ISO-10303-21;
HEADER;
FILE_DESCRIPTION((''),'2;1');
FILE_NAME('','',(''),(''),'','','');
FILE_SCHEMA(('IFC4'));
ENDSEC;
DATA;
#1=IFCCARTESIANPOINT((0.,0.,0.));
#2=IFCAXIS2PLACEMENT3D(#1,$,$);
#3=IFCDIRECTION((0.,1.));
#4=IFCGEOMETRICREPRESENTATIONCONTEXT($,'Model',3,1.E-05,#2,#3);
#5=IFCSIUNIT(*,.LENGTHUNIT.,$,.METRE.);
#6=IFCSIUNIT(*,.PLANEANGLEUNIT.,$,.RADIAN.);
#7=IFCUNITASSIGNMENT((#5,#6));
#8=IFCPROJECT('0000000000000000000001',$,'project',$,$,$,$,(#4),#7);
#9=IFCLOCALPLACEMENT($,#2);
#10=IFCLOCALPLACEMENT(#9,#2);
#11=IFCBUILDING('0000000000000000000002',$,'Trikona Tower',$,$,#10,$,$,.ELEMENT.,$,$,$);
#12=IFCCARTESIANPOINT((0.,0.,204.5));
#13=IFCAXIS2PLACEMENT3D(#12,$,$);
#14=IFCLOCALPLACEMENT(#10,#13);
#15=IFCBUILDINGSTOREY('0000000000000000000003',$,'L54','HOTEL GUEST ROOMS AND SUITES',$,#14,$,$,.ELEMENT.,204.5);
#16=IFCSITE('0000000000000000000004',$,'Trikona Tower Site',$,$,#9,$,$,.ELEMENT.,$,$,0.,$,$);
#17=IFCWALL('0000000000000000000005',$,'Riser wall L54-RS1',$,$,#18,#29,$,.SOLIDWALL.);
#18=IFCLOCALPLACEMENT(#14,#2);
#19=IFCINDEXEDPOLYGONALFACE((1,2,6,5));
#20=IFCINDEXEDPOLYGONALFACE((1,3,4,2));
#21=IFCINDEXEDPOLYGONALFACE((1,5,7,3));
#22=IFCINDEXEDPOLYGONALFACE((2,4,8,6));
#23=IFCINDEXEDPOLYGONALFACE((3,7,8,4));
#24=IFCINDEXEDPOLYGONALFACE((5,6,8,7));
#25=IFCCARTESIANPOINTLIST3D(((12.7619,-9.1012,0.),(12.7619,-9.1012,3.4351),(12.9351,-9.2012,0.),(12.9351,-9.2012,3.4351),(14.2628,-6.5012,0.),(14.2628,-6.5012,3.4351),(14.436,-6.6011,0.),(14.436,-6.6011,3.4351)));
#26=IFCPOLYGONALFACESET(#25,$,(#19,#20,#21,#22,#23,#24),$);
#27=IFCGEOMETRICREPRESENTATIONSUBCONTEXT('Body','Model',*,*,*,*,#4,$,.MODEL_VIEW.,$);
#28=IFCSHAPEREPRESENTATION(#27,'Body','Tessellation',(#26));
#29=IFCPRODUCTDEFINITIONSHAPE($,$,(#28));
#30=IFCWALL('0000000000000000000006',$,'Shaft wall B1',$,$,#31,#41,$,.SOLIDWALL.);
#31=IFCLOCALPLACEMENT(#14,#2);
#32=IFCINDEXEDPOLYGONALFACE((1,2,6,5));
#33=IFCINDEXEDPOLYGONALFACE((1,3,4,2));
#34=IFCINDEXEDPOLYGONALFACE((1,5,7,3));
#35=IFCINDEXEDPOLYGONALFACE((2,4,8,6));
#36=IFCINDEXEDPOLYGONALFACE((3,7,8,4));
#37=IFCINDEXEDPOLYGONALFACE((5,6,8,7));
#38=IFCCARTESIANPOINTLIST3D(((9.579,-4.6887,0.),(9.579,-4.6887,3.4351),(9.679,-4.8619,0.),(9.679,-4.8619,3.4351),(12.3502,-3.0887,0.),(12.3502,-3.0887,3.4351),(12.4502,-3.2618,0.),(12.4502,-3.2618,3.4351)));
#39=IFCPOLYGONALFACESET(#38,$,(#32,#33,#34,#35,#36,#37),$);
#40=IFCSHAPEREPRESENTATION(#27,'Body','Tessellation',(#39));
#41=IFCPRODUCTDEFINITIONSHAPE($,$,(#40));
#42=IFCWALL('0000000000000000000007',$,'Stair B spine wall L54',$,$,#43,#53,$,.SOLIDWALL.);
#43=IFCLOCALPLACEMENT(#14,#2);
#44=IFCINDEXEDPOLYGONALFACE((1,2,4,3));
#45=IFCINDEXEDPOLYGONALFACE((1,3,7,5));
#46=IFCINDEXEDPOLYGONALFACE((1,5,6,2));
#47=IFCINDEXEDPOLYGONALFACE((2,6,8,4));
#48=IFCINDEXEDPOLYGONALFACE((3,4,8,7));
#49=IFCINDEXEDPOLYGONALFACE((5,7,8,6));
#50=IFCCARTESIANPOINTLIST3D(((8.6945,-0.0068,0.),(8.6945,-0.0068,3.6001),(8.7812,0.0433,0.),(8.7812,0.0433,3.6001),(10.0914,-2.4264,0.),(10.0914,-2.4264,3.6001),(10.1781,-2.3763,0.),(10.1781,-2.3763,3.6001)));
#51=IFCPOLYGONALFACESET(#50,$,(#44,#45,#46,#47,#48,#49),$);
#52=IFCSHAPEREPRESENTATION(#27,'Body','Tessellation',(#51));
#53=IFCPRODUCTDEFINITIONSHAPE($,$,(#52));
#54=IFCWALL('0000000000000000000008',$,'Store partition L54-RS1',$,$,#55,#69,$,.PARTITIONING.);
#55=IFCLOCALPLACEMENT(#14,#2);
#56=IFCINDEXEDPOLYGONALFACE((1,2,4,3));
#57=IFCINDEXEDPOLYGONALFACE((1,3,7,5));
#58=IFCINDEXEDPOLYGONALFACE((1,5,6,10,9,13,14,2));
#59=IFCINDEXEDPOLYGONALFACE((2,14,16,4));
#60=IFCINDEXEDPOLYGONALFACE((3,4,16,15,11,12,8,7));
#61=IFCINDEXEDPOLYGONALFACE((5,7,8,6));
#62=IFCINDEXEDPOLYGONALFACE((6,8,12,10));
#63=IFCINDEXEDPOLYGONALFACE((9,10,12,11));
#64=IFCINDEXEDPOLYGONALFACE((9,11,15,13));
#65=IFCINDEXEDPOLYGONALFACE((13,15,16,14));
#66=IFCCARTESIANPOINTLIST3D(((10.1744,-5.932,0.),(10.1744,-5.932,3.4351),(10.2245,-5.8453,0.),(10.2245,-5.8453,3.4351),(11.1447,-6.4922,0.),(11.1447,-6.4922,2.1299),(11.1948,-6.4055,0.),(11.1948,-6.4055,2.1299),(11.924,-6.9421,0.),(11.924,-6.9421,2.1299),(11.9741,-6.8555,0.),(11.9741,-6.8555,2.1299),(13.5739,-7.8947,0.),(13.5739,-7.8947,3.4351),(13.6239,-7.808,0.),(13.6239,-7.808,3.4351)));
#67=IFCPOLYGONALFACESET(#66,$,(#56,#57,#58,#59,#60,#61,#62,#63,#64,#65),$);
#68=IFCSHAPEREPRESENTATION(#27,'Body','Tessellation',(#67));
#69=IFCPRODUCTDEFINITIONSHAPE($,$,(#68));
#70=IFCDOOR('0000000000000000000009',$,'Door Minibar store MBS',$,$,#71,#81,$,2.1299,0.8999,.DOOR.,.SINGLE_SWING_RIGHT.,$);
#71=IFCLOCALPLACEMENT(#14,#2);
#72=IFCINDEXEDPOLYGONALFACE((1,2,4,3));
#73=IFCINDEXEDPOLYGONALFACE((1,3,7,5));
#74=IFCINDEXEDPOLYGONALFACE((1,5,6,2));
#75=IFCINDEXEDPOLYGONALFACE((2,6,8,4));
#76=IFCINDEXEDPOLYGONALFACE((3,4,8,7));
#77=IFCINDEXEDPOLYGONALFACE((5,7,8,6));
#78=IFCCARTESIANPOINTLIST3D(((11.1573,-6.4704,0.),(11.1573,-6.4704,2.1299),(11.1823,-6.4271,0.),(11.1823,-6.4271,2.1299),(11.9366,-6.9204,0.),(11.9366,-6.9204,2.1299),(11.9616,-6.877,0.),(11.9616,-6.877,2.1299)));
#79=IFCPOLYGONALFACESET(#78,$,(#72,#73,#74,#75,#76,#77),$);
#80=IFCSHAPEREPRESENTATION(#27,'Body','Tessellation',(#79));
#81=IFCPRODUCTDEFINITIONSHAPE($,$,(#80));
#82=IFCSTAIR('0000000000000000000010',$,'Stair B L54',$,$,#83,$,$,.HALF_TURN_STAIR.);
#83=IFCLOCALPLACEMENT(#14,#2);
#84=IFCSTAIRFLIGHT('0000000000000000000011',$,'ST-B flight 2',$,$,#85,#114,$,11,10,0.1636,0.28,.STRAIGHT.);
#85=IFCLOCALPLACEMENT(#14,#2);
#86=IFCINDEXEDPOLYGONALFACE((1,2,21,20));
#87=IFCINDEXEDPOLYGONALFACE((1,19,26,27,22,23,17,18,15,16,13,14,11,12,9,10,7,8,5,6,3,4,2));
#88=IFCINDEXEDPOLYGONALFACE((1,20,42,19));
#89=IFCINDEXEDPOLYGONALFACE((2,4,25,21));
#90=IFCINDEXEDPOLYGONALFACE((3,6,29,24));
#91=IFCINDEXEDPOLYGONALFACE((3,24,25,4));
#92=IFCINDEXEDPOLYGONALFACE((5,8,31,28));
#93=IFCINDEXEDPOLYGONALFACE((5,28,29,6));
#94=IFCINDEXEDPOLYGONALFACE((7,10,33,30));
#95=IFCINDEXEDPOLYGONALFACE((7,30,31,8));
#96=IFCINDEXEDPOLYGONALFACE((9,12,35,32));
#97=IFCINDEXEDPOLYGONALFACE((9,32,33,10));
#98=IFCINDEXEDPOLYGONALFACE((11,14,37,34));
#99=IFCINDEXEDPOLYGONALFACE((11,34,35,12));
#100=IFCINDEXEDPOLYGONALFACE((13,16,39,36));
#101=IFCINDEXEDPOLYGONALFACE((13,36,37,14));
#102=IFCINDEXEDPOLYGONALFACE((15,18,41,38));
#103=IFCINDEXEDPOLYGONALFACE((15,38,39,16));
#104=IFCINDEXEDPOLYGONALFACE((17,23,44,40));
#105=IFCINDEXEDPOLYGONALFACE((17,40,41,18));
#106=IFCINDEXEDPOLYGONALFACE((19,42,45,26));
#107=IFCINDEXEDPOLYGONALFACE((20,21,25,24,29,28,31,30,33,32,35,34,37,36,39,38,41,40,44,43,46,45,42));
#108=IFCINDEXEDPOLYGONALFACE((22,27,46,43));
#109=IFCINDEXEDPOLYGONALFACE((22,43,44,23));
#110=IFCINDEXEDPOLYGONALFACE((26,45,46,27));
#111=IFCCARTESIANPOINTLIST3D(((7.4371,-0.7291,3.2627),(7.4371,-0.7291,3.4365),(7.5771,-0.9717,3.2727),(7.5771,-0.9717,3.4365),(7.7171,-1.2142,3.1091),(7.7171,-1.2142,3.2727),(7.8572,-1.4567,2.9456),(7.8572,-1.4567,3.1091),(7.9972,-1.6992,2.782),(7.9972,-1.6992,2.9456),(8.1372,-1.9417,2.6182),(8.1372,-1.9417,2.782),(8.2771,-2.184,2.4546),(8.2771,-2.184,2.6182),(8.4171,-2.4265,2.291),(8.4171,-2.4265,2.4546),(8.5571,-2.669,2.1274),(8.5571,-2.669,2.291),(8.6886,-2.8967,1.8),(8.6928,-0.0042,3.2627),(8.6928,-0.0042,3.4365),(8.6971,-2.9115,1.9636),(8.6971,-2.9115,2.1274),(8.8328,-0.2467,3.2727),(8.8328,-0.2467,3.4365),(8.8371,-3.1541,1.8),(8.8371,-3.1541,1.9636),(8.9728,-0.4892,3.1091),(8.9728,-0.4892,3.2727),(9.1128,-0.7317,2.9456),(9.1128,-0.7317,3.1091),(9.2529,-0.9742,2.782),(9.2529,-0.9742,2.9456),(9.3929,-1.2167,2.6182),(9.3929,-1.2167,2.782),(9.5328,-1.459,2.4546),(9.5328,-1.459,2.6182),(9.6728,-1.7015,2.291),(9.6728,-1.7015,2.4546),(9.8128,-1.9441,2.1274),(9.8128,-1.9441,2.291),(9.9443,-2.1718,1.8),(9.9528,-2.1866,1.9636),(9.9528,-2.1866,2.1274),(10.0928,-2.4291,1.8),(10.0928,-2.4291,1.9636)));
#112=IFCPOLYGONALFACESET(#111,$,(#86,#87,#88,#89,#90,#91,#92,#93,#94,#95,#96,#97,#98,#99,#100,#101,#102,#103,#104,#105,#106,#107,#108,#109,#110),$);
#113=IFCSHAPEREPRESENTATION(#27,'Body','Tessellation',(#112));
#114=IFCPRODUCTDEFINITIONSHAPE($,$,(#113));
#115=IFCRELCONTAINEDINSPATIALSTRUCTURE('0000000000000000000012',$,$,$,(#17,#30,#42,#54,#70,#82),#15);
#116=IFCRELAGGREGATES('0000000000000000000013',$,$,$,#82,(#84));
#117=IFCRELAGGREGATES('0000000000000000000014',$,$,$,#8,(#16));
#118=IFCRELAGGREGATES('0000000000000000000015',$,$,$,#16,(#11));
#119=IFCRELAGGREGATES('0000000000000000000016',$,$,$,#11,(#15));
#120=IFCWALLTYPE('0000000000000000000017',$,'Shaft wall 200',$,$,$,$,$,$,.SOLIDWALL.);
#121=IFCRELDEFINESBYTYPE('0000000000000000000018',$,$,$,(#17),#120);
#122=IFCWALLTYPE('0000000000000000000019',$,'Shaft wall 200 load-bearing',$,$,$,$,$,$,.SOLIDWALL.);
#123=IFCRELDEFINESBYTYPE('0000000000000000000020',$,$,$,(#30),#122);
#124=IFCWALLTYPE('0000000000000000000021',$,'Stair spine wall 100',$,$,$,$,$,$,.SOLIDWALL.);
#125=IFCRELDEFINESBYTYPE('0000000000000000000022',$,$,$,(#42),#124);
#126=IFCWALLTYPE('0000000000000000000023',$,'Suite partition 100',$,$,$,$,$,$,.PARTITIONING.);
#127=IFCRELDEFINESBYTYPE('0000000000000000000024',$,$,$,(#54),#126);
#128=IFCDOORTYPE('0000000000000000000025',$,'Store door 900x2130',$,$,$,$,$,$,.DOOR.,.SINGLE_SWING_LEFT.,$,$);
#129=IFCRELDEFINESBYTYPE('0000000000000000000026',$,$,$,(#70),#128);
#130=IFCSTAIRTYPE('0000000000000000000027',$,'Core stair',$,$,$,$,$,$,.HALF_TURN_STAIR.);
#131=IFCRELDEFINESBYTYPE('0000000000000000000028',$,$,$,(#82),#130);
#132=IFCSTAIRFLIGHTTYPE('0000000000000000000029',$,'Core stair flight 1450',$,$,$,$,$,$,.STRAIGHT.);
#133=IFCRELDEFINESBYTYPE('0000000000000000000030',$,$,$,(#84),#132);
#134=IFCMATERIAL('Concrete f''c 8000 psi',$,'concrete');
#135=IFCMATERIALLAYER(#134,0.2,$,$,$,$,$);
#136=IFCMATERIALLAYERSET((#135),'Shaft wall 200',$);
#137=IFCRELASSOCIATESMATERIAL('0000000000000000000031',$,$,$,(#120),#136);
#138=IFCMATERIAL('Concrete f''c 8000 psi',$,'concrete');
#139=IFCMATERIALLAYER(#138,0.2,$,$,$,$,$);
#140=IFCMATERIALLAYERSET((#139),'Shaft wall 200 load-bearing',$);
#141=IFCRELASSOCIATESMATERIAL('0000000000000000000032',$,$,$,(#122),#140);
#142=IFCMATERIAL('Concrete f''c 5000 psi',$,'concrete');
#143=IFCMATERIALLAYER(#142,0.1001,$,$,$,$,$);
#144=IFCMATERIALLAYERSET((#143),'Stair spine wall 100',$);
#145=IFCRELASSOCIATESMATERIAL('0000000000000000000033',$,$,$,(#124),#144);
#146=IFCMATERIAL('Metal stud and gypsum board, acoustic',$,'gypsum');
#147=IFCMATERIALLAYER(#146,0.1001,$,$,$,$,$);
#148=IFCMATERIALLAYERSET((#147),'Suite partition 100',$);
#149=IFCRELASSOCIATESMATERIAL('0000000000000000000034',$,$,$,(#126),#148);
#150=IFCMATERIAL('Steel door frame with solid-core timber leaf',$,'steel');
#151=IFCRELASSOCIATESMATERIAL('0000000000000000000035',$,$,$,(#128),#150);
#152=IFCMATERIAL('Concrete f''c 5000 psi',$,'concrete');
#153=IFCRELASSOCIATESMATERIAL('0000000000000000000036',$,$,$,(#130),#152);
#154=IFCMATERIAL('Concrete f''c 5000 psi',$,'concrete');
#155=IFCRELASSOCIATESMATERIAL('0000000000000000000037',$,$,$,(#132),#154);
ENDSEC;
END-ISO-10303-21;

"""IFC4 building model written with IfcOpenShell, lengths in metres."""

from ifc_helpers import new_model, si_unit, direction, frame, frame_2d, origin, place, context, subcontext, project, spatial, polyline, rectangle, outline, extrude, material, layer, layer_set, type_object, element, fill, aggregate, save


model = new_model("IFC4")

# Units and contexts
model_context = context("Model", 3, precision=1e-05, world=origin(), true_north=direction((0.0, 1.0)))
body_context = subcontext(model_context, "Body", "Model", "MODEL_VIEW")
ifc_project = project(units=[si_unit("LENGTHUNIT", "METRE"), si_unit("PLANEANGLEUNIT", "RADIAN")], contexts=[model_context])

# Site, building, storey
site_placement = place(None, origin())
site = spatial("IfcSite", under=ifc_project, at=site_placement, Name="Trikona Tower Site", CompositionType="ELEMENT", RefElevation=0.0)
building_placement = place(site_placement, origin())
building = spatial("IfcBuilding", under=site, at=building_placement, Name="Trikona Tower", CompositionType="ELEMENT")
storey_placement = place(building_placement, frame((0.0, 0.0, 204.5)))
storey = spatial("IfcBuildingStorey", under=building, at=storey_placement, Name="L54", Description="HOTEL GUEST ROOMS AND SUITES", CompositionType="ELEMENT", Elevation=204.5)

# Walls
ifc_material_1 = material(Name="Concrete f'c 8000 psi", Category="concrete")
ifc_layer_1 = layer(ifc_material_1, 0.2)
ifc_layer_set_1 = layer_set([ifc_layer_1], Name="Shaft wall 200")
wall_type_1 = type_object("IfcWallType", Name="Shaft wall 200", PredefinedType="SOLIDWALL", material=ifc_layer_set_1)
wall_1_placement = place(storey_placement, frame((14.3494, -6.5513, 0.0), z_axis=(0.0, 0.0, 1.0), x_axis=(-0.499952, -0.866053, 0.0)))
element("IfcWall", 1, at=wall_1_placement, inside=storey, type_object=wall_type_1, Name="Riser wall L54-RS1", PredefinedType="SOLIDWALL", context=body_context, shape_type="SweptSolid", body=[
    extrude(rectangle(XDim=3.0022, YDim=0.2, at=frame_2d((1.501, 0.0))), origin(), (0.0, 0.0, 1.0), 3.4351),
])
ifc_material_2 = material(Name="Concrete f'c 8000 psi", Category="concrete")
ifc_layer_2 = layer(ifc_material_2, 0.2)
ifc_layer_set_2 = layer_set([ifc_layer_2], Name="Shaft wall 200 load-bearing")
wall_type_2 = type_object("IfcWallType", Name="Shaft wall 200 load-bearing", PredefinedType="SOLIDWALL", material=ifc_layer_set_2)
wall_2_placement = place(storey_placement, frame((9.6289, -4.7754, 0.0), z_axis=(0.0, 0.0, 1.0), x_axis=(0.866009, 0.500028, 0.0)))
element("IfcWall", 2, at=wall_2_placement, inside=storey, type_object=wall_type_2, Name="Shaft wall B1", PredefinedType="SOLIDWALL", context=body_context, shape_type="SweptSolid", body=[
    extrude(rectangle(XDim=3.2, YDim=0.2, at=frame_2d((1.6001, 0.0))), origin(), (0.0, 0.0, 1.0), 3.4351),
])
ifc_material_3 = material(Name="Concrete f'c 5000 psi", Category="concrete")
ifc_layer_3 = layer(ifc_material_3, 0.1001)
ifc_layer_set_3 = layer_set([ifc_layer_3], Name="Stair spine wall 100")
wall_type_3 = type_object("IfcWallType", Name="Stair spine wall 100", PredefinedType="SOLIDWALL", material=ifc_layer_set_3)
wall_3_placement = place(storey_placement, frame((10.1348, -2.4014, 0.0), z_axis=(0.0, 0.0, 1.0), x_axis=(-0.499992, 0.86603, 0.0)))
element("IfcWall", 3, at=wall_3_placement, inside=storey, type_object=wall_type_3, Name="Stair B spine wall L54", PredefinedType="SOLIDWALL", context=body_context, shape_type="SweptSolid", body=[
    extrude(rectangle(XDim=2.7939, YDim=0.1001, at=frame_2d((1.397, 0.0))), origin(), (0.0, 0.0, 1.0), 3.6001),
])

# Wall, opening, door
ifc_material_4 = material(Name="Metal stud and gypsum board, acoustic", Category="gypsum")
ifc_layer_4 = layer(ifc_material_4, 0.1001)
ifc_layer_set_4 = layer_set([ifc_layer_4], Name="Suite partition 100")
wall_type_4 = type_object("IfcWallType", Name="Suite partition 100", PredefinedType="PARTITIONING", material=ifc_layer_set_4)
wall_4_placement = place(storey_placement, frame((13.5989, -7.8513, 0.0), z_axis=(0.0, 0.0, 1.0), x_axis=(-0.866026, 0.499999, 0.0)))
wall_4 = element("IfcWall", 4, at=wall_4_placement, inside=storey, type_object=wall_type_4, Name="Store partition L54-RS1", PredefinedType="PARTITIONING", context=body_context, shape_type="SweptSolid", body=[
    extrude(rectangle(XDim=3.9253, YDim=0.1001, at=frame_2d((1.9626, 0.0))), origin(), (0.0, 0.0, 1.0), 3.4351),
])
opening_1_placement = place(wall_4_placement, frame((1.905, 0.0, 0.0)))
opening_1 = element("IfcOpeningElement", 5, at=opening_1_placement, cuts=wall_4, PredefinedType="OPENING", context=body_context, shape_type="SweptSolid", body=[
    extrude(rectangle(XDim=0.8999, YDim=2.1299, at=frame_2d((0.45, 1.0649))), frame((0.0, 0.0601, 0.0), z_axis=(0.0, -1.0, 0.0), x_axis=(1.0, 0.0, 0.0)), (0.0, 0.0, 1.0), 0.1201),
])
ifc_material_5 = material(Name="Steel door frame with solid-core timber leaf", Category="steel")
door_type_1 = type_object("IfcDoorType", Name="Store door 900x2130", OperationType="SINGLE_SWING_LEFT", PredefinedType="DOOR", material=ifc_material_5)
door_1_placement = place(opening_1_placement, origin())
door_1 = element("IfcDoor", 6, at=door_1_placement, inside=storey, type_object=door_type_1, Name="Door Minibar store MBS", OperationType="SINGLE_SWING_RIGHT", OverallHeight=2.1299, OverallWidth=0.8999, PredefinedType="DOOR", context=body_context, shape_type="SweptSolid", body=[
    extrude(rectangle(XDim=0.8999, YDim=2.1299, at=frame_2d((0.45, 1.0649))), frame((0.0, 0.0249, 0.0), z_axis=(0.0, -1.0, 0.0), x_axis=(1.0, 0.0, 0.0)), (0.0, 0.0, 1.0), 0.05),
])
fill(opening_1, door_1)

# Stair, stair flight
ifc_material_6 = material(Name="Concrete f'c 5000 psi", Category="concrete")
stair_type = type_object("IfcStairType", Name="Core stair", PredefinedType="HALF_TURN_STAIR", material=ifc_material_6)
stair_placement = place(storey_placement, origin())
stair = element("IfcStair", 7, at=stair_placement, inside=storey, type_object=stair_type, Name="Stair B L54", PredefinedType="HALF_TURN_STAIR")
ifc_material_7 = material(Name="Concrete f'c 5000 psi", Category="concrete")
stair_flight_type = type_object("IfcStairFlightType", Name="Core stair flight 1450", PredefinedType="STRAIGHT", material=ifc_material_7)
stair_flight_placement = place(storey_placement, frame((9.4651, -2.7915, 1.8), z_axis=(0.0, 0.0, 1.0), x_axis=(-0.5, 0.866025, 0.0)))
stair_flight = element("IfcStairFlight", 8, at=stair_flight_placement, type_object=stair_flight_type, Name="ST-B flight 2", NumberOfRisers=11, NumberOfTreads=10, PredefinedType="STRAIGHT", RiserHeight=0.1636, TreadLength=0.28, context=body_context, shape_type="SweptSolid", body=[
    extrude(outline(polyline([(0.0, 0.0), (0.0, 0.1636), (0.28, 0.1636), (0.28, 0.3274), (0.5601, 0.3274), (0.5601, 0.491), (0.8401, 0.491), (0.8401, 0.6545), (1.1201, 0.6545), (1.1201, 0.8181), (1.3999, 0.8181), (1.3999, 0.9819), (1.6799, 0.9819), (1.6799, 1.1455), (1.96, 1.1455), (1.96, 1.3091), (2.24, 1.3091), (2.24, 1.4727), (2.52, 1.4727), (2.52, 1.6365), (2.8, 1.6365), (2.8, 1.8), (2.8, 1.4626), (0.2971, 0.0), (0.0, 0.0)])), frame((0.0, 0.7251, 0.0), z_axis=(0.0, -1.0, 0.0), x_axis=(1.0, 0.0, 0.0)), (0.0, 0.0, 1.0), 1.45),
])
aggregate(stair, [stair_flight])

save(model, "model.ifc")
